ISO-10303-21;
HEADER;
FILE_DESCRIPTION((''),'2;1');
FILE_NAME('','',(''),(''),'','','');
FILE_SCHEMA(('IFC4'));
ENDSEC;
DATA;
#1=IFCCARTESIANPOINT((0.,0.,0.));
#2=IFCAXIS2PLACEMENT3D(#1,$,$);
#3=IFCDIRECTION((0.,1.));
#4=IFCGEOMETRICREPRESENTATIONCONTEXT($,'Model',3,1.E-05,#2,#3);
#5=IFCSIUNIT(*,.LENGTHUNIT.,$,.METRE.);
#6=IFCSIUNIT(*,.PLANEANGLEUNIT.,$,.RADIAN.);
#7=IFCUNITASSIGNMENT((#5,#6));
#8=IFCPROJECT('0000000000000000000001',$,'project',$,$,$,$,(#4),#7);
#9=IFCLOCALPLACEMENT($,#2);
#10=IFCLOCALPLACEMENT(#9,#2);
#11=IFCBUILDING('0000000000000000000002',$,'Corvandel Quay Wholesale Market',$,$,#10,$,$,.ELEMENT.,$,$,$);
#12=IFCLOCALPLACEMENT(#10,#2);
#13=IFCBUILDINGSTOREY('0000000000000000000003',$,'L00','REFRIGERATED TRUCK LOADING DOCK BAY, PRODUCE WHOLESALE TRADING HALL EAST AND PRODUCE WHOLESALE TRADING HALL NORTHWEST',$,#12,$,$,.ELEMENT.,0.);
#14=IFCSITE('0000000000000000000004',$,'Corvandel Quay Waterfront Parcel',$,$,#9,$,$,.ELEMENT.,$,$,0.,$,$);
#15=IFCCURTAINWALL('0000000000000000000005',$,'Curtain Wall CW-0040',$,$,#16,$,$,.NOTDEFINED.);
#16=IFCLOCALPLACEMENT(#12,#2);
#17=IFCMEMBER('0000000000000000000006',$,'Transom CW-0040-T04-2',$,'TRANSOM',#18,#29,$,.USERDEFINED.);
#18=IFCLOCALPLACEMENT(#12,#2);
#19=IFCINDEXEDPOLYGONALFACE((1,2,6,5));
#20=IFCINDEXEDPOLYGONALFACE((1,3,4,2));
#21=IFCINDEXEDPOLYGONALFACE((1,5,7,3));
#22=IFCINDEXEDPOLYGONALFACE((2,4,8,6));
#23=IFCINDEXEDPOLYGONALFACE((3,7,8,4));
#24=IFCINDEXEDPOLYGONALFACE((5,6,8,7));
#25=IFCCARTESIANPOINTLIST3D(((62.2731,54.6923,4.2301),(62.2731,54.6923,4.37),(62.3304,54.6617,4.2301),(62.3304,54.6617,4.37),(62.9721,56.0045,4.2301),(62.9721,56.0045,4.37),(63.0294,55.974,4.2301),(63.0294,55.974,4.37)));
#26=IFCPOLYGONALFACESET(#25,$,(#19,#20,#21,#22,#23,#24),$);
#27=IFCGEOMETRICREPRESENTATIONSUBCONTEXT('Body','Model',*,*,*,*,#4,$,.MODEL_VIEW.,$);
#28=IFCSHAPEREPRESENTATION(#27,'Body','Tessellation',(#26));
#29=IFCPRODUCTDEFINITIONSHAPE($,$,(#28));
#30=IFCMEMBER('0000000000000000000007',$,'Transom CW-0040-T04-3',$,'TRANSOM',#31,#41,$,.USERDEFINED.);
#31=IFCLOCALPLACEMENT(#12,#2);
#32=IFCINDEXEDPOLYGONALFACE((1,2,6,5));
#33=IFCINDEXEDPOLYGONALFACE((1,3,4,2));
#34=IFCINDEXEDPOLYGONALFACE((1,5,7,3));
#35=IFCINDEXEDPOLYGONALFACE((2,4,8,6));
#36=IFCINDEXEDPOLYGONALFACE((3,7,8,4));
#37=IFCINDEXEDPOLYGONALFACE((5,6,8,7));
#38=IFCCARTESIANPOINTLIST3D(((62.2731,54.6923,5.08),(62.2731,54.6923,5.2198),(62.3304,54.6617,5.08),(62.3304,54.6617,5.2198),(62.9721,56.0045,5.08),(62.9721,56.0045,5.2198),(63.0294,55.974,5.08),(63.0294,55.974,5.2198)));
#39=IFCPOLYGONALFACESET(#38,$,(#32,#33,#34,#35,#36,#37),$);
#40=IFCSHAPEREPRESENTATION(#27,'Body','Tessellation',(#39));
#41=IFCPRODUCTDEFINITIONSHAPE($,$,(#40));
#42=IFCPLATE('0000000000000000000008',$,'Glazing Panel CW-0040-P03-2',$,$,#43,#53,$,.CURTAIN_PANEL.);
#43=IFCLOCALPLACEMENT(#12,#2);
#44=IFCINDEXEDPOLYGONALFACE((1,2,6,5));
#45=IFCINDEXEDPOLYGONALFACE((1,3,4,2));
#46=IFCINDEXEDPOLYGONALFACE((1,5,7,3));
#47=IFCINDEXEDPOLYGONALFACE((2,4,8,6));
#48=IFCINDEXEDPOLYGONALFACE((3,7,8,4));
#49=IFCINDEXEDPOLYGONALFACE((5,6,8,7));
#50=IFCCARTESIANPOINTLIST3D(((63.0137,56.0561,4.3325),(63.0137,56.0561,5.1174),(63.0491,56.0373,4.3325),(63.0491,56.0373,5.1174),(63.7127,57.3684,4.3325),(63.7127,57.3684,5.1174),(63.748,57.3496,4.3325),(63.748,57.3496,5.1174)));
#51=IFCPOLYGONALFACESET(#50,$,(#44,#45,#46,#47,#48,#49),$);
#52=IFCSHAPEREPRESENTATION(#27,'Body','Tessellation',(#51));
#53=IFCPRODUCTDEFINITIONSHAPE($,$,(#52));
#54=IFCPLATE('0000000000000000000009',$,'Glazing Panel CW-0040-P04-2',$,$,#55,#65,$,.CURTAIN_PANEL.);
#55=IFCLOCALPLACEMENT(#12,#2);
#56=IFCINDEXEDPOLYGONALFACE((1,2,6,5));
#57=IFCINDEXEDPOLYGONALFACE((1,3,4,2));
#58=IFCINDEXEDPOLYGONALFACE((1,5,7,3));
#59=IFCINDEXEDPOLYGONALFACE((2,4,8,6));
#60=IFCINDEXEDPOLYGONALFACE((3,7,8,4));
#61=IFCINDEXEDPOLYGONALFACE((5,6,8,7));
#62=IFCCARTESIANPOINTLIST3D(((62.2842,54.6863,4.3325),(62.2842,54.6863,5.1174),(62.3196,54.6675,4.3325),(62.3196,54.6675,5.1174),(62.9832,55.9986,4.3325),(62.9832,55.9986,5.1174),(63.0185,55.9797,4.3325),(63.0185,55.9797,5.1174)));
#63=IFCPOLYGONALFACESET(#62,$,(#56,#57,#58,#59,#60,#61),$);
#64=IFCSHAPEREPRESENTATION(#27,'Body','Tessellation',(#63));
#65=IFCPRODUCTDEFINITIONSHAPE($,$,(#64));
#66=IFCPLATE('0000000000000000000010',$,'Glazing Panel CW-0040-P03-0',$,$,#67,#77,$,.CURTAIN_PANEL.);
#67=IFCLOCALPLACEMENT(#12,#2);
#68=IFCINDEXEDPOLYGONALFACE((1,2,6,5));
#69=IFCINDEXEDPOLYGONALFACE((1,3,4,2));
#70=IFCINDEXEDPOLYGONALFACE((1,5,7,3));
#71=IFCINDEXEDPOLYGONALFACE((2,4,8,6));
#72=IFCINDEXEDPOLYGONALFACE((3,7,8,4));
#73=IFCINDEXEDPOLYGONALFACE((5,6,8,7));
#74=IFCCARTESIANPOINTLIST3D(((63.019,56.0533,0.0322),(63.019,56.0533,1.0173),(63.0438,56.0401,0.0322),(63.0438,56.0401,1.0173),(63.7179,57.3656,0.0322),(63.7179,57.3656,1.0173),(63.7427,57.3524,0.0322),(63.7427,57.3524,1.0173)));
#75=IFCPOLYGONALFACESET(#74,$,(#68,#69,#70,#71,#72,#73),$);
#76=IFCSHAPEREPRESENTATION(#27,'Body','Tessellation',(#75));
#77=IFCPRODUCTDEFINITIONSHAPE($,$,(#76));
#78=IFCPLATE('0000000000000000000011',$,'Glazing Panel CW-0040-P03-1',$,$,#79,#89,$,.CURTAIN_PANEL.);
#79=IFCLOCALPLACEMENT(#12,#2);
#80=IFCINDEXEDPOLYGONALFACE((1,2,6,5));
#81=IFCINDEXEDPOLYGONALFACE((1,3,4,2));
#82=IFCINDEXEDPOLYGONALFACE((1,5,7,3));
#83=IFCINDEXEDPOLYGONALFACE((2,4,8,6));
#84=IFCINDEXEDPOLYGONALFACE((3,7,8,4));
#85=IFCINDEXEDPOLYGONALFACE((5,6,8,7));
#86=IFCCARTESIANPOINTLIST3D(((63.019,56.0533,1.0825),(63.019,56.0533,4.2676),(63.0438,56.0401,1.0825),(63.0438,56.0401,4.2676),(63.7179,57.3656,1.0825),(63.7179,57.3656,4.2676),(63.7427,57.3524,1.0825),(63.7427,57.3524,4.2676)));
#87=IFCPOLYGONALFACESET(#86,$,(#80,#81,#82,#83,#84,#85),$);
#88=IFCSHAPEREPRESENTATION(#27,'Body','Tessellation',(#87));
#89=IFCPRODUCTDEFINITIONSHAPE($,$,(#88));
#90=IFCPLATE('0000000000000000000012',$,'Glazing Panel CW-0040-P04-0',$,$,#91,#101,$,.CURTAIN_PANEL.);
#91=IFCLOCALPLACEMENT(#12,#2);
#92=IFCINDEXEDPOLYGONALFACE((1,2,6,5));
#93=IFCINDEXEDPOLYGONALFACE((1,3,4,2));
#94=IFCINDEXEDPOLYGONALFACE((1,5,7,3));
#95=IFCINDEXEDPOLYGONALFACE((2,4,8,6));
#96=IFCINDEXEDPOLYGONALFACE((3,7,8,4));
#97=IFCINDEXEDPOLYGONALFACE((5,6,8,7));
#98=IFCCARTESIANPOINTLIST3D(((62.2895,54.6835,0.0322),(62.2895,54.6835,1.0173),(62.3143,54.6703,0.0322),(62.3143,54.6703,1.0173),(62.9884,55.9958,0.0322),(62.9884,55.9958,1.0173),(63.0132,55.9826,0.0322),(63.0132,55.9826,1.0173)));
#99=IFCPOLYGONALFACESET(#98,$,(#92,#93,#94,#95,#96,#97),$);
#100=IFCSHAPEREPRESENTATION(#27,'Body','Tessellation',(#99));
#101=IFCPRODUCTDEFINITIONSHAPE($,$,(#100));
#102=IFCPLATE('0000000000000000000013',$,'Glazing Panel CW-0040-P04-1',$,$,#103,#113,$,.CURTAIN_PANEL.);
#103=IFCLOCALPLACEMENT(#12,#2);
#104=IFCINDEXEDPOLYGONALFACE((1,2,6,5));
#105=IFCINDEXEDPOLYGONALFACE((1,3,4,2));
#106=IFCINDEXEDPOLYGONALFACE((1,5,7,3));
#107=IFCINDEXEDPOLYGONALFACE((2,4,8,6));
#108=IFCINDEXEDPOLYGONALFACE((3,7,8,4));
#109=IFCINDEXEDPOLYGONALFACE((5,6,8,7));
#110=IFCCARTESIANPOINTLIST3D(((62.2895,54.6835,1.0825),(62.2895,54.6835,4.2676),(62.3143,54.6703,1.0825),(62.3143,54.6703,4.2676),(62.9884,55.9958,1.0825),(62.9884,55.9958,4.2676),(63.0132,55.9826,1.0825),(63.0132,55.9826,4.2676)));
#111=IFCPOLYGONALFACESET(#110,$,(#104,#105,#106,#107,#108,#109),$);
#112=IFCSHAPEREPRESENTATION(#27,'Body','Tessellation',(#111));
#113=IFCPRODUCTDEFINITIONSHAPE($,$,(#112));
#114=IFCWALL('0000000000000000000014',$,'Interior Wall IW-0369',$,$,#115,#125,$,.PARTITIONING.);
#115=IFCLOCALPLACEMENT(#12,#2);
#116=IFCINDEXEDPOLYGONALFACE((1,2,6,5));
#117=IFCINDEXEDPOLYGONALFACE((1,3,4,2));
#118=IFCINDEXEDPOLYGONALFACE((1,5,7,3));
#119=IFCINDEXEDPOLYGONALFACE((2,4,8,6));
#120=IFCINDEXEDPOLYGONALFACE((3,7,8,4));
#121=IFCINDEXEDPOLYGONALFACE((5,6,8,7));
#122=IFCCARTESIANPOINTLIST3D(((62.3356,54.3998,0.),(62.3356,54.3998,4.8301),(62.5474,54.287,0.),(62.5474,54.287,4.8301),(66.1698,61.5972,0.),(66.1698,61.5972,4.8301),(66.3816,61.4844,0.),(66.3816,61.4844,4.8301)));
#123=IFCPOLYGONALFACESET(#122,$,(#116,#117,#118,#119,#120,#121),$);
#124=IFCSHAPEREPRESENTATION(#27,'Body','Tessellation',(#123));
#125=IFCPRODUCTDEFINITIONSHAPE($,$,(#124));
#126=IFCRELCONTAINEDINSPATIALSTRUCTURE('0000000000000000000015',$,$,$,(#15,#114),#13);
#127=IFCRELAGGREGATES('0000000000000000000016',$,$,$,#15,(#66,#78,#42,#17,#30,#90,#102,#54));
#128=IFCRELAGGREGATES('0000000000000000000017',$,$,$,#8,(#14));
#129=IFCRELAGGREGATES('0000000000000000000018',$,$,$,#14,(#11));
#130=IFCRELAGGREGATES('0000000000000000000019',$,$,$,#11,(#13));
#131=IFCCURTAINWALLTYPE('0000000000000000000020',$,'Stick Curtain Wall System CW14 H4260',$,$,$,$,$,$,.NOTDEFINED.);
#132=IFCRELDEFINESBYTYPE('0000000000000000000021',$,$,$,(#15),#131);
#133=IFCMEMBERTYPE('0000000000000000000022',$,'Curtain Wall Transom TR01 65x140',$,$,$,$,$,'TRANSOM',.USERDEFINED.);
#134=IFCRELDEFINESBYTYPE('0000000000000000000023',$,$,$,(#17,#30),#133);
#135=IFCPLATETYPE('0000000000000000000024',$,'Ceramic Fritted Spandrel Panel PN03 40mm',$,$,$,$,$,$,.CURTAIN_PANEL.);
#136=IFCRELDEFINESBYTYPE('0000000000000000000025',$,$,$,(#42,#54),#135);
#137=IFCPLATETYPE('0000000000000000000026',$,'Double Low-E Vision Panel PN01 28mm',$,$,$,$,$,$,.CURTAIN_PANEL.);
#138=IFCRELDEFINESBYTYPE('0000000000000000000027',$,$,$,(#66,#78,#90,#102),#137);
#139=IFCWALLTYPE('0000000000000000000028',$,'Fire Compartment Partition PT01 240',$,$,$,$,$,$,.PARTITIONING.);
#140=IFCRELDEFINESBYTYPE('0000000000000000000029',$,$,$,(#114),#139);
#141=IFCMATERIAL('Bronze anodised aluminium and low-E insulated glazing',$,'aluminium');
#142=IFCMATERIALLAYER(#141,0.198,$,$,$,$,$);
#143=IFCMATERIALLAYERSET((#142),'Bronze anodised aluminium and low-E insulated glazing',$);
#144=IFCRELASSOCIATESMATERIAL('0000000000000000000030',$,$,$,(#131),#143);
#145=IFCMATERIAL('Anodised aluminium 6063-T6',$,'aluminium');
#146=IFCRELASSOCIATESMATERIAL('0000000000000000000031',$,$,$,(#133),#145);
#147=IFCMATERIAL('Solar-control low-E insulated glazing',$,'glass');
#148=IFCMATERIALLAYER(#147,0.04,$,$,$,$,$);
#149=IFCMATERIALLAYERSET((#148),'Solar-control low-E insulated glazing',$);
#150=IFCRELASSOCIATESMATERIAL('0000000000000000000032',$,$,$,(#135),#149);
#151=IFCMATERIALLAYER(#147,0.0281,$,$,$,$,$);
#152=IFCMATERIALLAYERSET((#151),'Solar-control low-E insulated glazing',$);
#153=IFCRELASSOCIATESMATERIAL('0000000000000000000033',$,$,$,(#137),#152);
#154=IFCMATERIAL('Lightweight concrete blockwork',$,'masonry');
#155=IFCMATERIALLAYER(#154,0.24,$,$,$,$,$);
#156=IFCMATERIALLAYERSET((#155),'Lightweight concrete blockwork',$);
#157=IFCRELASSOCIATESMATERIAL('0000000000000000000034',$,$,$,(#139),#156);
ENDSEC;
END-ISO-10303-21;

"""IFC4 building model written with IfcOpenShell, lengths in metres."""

from ifc_helpers import new_model, si_unit, direction, frame, frame_2d, origin, origin_2d, place, context, subcontext, project, spatial, rectangle, extrude, material, layer, layer_set, material_profile, profile_set, type_object, element, aggregate, save


model = new_model("IFC4")

# Units and contexts
model_context = context("Model", 3, precision=1e-05, world=origin(), true_north=direction((0.0, 1.0)))
body_context = subcontext(model_context, "Body", "Model", "MODEL_VIEW")
ifc_project = project(units=[si_unit("LENGTHUNIT", "METRE"), si_unit("PLANEANGLEUNIT", "RADIAN")], contexts=[model_context])

# Site, building, storey
site_placement = place(None, origin())
site = spatial("IfcSite", under=ifc_project, at=site_placement, Name="Corvandel Quay Waterfront Parcel", CompositionType="ELEMENT", RefElevation=0.0)
building_placement = place(site_placement, origin())
building = spatial("IfcBuilding", under=site, at=building_placement, Name="Corvandel Quay Wholesale Market", CompositionType="ELEMENT")
storey_placement = place(building_placement, origin())
storey = spatial("IfcBuildingStorey", under=building, at=storey_placement, Name="L00", Description="REFRIGERATED TRUCK LOADING DOCK BAY, PRODUCE WHOLESALE TRADING HALL EAST AND PRODUCE WHOLESALE TRADING HALL NORTHWEST", CompositionType="ELEMENT", Elevation=0.0)

# Curtain wall, members, plates
ifc_material_1 = material(Name="Bronze anodised aluminium and low-E insulated glazing", Category="aluminium")
ifc_layer_1 = layer(ifc_material_1, 0.198)
ifc_layer_set_1 = layer_set([ifc_layer_1], Name="Bronze anodised aluminium and low-E insulated glazing")
curtain_wall_type = type_object("IfcCurtainWallType", Name="Stick Curtain Wall System CW14 H4260", PredefinedType="NOTDEFINED", material=ifc_layer_set_1)
curtain_wall_placement = place(storey_placement, origin())
curtain_wall = element("IfcCurtainWall", 1, at=curtain_wall_placement, inside=storey, type_object=curtain_wall_type, Name="Curtain Wall CW-0040", PredefinedType="NOTDEFINED")
ifc_material_2 = material(Name="Anodised aluminium 6063-T6", Category="aluminium")
ifc_material_profile_1 = material_profile(ifc_material_2, rectangle(XDim=0.0649, YDim=0.1399, at=origin_2d()), Name="ALU-TRN-65x140")
ifc_profile_set_1 = profile_set([ifc_material_profile_1], Name="Anodised aluminium 6063-T6")
member_type_1 = type_object("IfcMemberType", Name="Curtain Wall Transom TR01 65x140", ElementType="TRANSOM", PredefinedType="USERDEFINED", material=ifc_profile_set_1)
member_1_placement = place(storey_placement, frame((63.0007, 55.9893, 4.3), z_axis=(-0.470119, -0.882603, 0.0), x_axis=(0.882603, -0.470119, 0.0)))
member_1 = element("IfcMember", 2, at=member_1_placement, type_object=member_type_1, Name="Transom CW-0040-T04-2", ObjectType="TRANSOM", PredefinedType="USERDEFINED", context=body_context, shape_type="SweptSolid", body=[
    extrude(rectangle(XDim=0.0649, YDim=0.1399, at=origin_2d()), origin(), (0.0, 0.0, 1.0), 1.4868),
])
member_2_placement = place(storey_placement, frame((63.0007, 55.9893, 5.1499), z_axis=(-0.470119, -0.882603, 0.0), x_axis=(0.882603, -0.470119, 0.0)))
member_2 = element("IfcMember", 3, at=member_2_placement, type_object=member_type_1, Name="Transom CW-0040-T04-3", ObjectType="TRANSOM", PredefinedType="USERDEFINED", context=body_context, shape_type="SweptSolid", body=[
    extrude(rectangle(XDim=0.0649, YDim=0.1399, at=origin_2d()), origin(), (0.0, 0.0, 1.0), 1.4868),
])
ifc_material_3 = material(Name="Solar-control low-E insulated glazing", Category="glass")
ifc_layer_2 = layer(ifc_material_3, 0.04)
ifc_layer_set_2 = layer_set([ifc_layer_2], Name="Solar-control low-E insulated glazing")
plate_type_1 = type_object("IfcPlateType", Name="Ceramic Fritted Spandrel Panel PN03 40mm", PredefinedType="CURTAIN_PANEL", material=ifc_layer_set_2)
plate_1_placement = place(storey_placement, frame((63.3809, 56.7029, 4.3325), z_axis=(0.0, 0.0, 1.0), x_axis=(0.470088, 0.88262, 0.0)))
plate_1 = element("IfcPlate", 4, at=plate_1_placement, type_object=plate_type_1, Name="Glazing Panel CW-0040-P03-2", PredefinedType="CURTAIN_PANEL", context=body_context, shape_type="SweptSolid", body=[
    extrude(rectangle(XDim=1.4868, YDim=0.04, at=origin_2d()), origin(), (0.0, 0.0, 1.0), 0.7849),
])
plate_2_placement = place(storey_placement, frame((62.6514, 55.333, 4.3325), z_axis=(0.0, 0.0, 1.0), x_axis=(0.470088, 0.88262, 0.0)))
plate_2 = element("IfcPlate", 5, at=plate_2_placement, type_object=plate_type_1, Name="Glazing Panel CW-0040-P04-2", PredefinedType="CURTAIN_PANEL", context=body_context, shape_type="SweptSolid", body=[
    extrude(rectangle(XDim=1.4868, YDim=0.04, at=origin_2d()), origin(), (0.0, 0.0, 1.0), 0.7849),
])
ifc_layer_3 = layer(ifc_material_3, 0.0281)
ifc_layer_set_3 = layer_set([ifc_layer_3], Name="Solar-control low-E insulated glazing")
plate_type_2 = type_object("IfcPlateType", Name="Double Low-E Vision Panel PN01 28mm", PredefinedType="CURTAIN_PANEL", material=ifc_layer_set_3)
plate_3_placement = place(storey_placement, frame((63.3809, 56.7029, 0.0322), z_axis=(0.0, 0.0, 1.0), x_axis=(0.470088, 0.88262, 0.0)))
plate_3 = element("IfcPlate", 6, at=plate_3_placement, type_object=plate_type_2, Name="Glazing Panel CW-0040-P03-0", PredefinedType="CURTAIN_PANEL", context=body_context, shape_type="SweptSolid", body=[
    extrude(rectangle(XDim=1.4868, YDim=0.0281, at=origin_2d()), origin(), (0.0, 0.0, 1.0), 0.9851),
])
plate_4_placement = place(storey_placement, frame((63.3809, 56.7029, 1.0825), z_axis=(0.0, 0.0, 1.0), x_axis=(0.470088, 0.88262, 0.0)))
plate_4 = element("IfcPlate", 7, at=plate_4_placement, type_object=plate_type_2, Name="Glazing Panel CW-0040-P03-1", PredefinedType="CURTAIN_PANEL", context=body_context, shape_type="SweptSolid", body=[
    extrude(rectangle(XDim=1.4868, YDim=0.0281, at=origin_2d()), origin(), (0.0, 0.0, 1.0), 3.1851),
])
plate_5_placement = place(storey_placement, frame((62.6514, 55.333, 0.0322), z_axis=(0.0, 0.0, 1.0), x_axis=(0.470088, 0.88262, 0.0)))
plate_5 = element("IfcPlate", 8, at=plate_5_placement, type_object=plate_type_2, Name="Glazing Panel CW-0040-P04-0", PredefinedType="CURTAIN_PANEL", context=body_context, shape_type="SweptSolid", body=[
    extrude(rectangle(XDim=1.4868, YDim=0.0281, at=origin_2d()), origin(), (0.0, 0.0, 1.0), 0.9851),
])
plate_6_placement = place(storey_placement, frame((62.6514, 55.333, 1.0825), z_axis=(0.0, 0.0, 1.0), x_axis=(0.470088, 0.88262, 0.0)))
plate_6 = element("IfcPlate", 9, at=plate_6_placement, type_object=plate_type_2, Name="Glazing Panel CW-0040-P04-1", PredefinedType="CURTAIN_PANEL", context=body_context, shape_type="SweptSolid", body=[
    extrude(rectangle(XDim=1.4868, YDim=0.0281, at=origin_2d()), origin(), (0.0, 0.0, 1.0), 3.1851),
])
aggregate(curtain_wall, [plate_3, plate_4, plate_1, member_1, member_2, plate_5, plate_6, plate_2])

# Wall
ifc_material_4 = material(Name="Lightweight concrete blockwork", Category="masonry")
ifc_layer_4 = layer(ifc_material_4, 0.24)
ifc_layer_set_4 = layer_set([ifc_layer_4], Name="Lightweight concrete blockwork")
wall_type = type_object("IfcWallType", Name="Fire Compartment Partition PT01 240", PredefinedType="PARTITIONING", material=ifc_layer_set_4)
wall_placement = place(storey_placement, frame((62.4414, 54.3433, 0.0), z_axis=(0.0, 0.0, 1.0), x_axis=(0.470164, 0.882579, 0.0)))
element("IfcWall", 10, at=wall_placement, inside=storey, type_object=wall_type, Name="Interior Wall IW-0369", PredefinedType="PARTITIONING", context=body_context, shape_type="SweptSolid", body=[
    extrude(rectangle(XDim=8.155, YDim=0.24, at=frame_2d((4.0776, 0.0))), origin(), (0.0, 0.0, 1.0), 4.8301),
])

save(model, "model.ifc")
